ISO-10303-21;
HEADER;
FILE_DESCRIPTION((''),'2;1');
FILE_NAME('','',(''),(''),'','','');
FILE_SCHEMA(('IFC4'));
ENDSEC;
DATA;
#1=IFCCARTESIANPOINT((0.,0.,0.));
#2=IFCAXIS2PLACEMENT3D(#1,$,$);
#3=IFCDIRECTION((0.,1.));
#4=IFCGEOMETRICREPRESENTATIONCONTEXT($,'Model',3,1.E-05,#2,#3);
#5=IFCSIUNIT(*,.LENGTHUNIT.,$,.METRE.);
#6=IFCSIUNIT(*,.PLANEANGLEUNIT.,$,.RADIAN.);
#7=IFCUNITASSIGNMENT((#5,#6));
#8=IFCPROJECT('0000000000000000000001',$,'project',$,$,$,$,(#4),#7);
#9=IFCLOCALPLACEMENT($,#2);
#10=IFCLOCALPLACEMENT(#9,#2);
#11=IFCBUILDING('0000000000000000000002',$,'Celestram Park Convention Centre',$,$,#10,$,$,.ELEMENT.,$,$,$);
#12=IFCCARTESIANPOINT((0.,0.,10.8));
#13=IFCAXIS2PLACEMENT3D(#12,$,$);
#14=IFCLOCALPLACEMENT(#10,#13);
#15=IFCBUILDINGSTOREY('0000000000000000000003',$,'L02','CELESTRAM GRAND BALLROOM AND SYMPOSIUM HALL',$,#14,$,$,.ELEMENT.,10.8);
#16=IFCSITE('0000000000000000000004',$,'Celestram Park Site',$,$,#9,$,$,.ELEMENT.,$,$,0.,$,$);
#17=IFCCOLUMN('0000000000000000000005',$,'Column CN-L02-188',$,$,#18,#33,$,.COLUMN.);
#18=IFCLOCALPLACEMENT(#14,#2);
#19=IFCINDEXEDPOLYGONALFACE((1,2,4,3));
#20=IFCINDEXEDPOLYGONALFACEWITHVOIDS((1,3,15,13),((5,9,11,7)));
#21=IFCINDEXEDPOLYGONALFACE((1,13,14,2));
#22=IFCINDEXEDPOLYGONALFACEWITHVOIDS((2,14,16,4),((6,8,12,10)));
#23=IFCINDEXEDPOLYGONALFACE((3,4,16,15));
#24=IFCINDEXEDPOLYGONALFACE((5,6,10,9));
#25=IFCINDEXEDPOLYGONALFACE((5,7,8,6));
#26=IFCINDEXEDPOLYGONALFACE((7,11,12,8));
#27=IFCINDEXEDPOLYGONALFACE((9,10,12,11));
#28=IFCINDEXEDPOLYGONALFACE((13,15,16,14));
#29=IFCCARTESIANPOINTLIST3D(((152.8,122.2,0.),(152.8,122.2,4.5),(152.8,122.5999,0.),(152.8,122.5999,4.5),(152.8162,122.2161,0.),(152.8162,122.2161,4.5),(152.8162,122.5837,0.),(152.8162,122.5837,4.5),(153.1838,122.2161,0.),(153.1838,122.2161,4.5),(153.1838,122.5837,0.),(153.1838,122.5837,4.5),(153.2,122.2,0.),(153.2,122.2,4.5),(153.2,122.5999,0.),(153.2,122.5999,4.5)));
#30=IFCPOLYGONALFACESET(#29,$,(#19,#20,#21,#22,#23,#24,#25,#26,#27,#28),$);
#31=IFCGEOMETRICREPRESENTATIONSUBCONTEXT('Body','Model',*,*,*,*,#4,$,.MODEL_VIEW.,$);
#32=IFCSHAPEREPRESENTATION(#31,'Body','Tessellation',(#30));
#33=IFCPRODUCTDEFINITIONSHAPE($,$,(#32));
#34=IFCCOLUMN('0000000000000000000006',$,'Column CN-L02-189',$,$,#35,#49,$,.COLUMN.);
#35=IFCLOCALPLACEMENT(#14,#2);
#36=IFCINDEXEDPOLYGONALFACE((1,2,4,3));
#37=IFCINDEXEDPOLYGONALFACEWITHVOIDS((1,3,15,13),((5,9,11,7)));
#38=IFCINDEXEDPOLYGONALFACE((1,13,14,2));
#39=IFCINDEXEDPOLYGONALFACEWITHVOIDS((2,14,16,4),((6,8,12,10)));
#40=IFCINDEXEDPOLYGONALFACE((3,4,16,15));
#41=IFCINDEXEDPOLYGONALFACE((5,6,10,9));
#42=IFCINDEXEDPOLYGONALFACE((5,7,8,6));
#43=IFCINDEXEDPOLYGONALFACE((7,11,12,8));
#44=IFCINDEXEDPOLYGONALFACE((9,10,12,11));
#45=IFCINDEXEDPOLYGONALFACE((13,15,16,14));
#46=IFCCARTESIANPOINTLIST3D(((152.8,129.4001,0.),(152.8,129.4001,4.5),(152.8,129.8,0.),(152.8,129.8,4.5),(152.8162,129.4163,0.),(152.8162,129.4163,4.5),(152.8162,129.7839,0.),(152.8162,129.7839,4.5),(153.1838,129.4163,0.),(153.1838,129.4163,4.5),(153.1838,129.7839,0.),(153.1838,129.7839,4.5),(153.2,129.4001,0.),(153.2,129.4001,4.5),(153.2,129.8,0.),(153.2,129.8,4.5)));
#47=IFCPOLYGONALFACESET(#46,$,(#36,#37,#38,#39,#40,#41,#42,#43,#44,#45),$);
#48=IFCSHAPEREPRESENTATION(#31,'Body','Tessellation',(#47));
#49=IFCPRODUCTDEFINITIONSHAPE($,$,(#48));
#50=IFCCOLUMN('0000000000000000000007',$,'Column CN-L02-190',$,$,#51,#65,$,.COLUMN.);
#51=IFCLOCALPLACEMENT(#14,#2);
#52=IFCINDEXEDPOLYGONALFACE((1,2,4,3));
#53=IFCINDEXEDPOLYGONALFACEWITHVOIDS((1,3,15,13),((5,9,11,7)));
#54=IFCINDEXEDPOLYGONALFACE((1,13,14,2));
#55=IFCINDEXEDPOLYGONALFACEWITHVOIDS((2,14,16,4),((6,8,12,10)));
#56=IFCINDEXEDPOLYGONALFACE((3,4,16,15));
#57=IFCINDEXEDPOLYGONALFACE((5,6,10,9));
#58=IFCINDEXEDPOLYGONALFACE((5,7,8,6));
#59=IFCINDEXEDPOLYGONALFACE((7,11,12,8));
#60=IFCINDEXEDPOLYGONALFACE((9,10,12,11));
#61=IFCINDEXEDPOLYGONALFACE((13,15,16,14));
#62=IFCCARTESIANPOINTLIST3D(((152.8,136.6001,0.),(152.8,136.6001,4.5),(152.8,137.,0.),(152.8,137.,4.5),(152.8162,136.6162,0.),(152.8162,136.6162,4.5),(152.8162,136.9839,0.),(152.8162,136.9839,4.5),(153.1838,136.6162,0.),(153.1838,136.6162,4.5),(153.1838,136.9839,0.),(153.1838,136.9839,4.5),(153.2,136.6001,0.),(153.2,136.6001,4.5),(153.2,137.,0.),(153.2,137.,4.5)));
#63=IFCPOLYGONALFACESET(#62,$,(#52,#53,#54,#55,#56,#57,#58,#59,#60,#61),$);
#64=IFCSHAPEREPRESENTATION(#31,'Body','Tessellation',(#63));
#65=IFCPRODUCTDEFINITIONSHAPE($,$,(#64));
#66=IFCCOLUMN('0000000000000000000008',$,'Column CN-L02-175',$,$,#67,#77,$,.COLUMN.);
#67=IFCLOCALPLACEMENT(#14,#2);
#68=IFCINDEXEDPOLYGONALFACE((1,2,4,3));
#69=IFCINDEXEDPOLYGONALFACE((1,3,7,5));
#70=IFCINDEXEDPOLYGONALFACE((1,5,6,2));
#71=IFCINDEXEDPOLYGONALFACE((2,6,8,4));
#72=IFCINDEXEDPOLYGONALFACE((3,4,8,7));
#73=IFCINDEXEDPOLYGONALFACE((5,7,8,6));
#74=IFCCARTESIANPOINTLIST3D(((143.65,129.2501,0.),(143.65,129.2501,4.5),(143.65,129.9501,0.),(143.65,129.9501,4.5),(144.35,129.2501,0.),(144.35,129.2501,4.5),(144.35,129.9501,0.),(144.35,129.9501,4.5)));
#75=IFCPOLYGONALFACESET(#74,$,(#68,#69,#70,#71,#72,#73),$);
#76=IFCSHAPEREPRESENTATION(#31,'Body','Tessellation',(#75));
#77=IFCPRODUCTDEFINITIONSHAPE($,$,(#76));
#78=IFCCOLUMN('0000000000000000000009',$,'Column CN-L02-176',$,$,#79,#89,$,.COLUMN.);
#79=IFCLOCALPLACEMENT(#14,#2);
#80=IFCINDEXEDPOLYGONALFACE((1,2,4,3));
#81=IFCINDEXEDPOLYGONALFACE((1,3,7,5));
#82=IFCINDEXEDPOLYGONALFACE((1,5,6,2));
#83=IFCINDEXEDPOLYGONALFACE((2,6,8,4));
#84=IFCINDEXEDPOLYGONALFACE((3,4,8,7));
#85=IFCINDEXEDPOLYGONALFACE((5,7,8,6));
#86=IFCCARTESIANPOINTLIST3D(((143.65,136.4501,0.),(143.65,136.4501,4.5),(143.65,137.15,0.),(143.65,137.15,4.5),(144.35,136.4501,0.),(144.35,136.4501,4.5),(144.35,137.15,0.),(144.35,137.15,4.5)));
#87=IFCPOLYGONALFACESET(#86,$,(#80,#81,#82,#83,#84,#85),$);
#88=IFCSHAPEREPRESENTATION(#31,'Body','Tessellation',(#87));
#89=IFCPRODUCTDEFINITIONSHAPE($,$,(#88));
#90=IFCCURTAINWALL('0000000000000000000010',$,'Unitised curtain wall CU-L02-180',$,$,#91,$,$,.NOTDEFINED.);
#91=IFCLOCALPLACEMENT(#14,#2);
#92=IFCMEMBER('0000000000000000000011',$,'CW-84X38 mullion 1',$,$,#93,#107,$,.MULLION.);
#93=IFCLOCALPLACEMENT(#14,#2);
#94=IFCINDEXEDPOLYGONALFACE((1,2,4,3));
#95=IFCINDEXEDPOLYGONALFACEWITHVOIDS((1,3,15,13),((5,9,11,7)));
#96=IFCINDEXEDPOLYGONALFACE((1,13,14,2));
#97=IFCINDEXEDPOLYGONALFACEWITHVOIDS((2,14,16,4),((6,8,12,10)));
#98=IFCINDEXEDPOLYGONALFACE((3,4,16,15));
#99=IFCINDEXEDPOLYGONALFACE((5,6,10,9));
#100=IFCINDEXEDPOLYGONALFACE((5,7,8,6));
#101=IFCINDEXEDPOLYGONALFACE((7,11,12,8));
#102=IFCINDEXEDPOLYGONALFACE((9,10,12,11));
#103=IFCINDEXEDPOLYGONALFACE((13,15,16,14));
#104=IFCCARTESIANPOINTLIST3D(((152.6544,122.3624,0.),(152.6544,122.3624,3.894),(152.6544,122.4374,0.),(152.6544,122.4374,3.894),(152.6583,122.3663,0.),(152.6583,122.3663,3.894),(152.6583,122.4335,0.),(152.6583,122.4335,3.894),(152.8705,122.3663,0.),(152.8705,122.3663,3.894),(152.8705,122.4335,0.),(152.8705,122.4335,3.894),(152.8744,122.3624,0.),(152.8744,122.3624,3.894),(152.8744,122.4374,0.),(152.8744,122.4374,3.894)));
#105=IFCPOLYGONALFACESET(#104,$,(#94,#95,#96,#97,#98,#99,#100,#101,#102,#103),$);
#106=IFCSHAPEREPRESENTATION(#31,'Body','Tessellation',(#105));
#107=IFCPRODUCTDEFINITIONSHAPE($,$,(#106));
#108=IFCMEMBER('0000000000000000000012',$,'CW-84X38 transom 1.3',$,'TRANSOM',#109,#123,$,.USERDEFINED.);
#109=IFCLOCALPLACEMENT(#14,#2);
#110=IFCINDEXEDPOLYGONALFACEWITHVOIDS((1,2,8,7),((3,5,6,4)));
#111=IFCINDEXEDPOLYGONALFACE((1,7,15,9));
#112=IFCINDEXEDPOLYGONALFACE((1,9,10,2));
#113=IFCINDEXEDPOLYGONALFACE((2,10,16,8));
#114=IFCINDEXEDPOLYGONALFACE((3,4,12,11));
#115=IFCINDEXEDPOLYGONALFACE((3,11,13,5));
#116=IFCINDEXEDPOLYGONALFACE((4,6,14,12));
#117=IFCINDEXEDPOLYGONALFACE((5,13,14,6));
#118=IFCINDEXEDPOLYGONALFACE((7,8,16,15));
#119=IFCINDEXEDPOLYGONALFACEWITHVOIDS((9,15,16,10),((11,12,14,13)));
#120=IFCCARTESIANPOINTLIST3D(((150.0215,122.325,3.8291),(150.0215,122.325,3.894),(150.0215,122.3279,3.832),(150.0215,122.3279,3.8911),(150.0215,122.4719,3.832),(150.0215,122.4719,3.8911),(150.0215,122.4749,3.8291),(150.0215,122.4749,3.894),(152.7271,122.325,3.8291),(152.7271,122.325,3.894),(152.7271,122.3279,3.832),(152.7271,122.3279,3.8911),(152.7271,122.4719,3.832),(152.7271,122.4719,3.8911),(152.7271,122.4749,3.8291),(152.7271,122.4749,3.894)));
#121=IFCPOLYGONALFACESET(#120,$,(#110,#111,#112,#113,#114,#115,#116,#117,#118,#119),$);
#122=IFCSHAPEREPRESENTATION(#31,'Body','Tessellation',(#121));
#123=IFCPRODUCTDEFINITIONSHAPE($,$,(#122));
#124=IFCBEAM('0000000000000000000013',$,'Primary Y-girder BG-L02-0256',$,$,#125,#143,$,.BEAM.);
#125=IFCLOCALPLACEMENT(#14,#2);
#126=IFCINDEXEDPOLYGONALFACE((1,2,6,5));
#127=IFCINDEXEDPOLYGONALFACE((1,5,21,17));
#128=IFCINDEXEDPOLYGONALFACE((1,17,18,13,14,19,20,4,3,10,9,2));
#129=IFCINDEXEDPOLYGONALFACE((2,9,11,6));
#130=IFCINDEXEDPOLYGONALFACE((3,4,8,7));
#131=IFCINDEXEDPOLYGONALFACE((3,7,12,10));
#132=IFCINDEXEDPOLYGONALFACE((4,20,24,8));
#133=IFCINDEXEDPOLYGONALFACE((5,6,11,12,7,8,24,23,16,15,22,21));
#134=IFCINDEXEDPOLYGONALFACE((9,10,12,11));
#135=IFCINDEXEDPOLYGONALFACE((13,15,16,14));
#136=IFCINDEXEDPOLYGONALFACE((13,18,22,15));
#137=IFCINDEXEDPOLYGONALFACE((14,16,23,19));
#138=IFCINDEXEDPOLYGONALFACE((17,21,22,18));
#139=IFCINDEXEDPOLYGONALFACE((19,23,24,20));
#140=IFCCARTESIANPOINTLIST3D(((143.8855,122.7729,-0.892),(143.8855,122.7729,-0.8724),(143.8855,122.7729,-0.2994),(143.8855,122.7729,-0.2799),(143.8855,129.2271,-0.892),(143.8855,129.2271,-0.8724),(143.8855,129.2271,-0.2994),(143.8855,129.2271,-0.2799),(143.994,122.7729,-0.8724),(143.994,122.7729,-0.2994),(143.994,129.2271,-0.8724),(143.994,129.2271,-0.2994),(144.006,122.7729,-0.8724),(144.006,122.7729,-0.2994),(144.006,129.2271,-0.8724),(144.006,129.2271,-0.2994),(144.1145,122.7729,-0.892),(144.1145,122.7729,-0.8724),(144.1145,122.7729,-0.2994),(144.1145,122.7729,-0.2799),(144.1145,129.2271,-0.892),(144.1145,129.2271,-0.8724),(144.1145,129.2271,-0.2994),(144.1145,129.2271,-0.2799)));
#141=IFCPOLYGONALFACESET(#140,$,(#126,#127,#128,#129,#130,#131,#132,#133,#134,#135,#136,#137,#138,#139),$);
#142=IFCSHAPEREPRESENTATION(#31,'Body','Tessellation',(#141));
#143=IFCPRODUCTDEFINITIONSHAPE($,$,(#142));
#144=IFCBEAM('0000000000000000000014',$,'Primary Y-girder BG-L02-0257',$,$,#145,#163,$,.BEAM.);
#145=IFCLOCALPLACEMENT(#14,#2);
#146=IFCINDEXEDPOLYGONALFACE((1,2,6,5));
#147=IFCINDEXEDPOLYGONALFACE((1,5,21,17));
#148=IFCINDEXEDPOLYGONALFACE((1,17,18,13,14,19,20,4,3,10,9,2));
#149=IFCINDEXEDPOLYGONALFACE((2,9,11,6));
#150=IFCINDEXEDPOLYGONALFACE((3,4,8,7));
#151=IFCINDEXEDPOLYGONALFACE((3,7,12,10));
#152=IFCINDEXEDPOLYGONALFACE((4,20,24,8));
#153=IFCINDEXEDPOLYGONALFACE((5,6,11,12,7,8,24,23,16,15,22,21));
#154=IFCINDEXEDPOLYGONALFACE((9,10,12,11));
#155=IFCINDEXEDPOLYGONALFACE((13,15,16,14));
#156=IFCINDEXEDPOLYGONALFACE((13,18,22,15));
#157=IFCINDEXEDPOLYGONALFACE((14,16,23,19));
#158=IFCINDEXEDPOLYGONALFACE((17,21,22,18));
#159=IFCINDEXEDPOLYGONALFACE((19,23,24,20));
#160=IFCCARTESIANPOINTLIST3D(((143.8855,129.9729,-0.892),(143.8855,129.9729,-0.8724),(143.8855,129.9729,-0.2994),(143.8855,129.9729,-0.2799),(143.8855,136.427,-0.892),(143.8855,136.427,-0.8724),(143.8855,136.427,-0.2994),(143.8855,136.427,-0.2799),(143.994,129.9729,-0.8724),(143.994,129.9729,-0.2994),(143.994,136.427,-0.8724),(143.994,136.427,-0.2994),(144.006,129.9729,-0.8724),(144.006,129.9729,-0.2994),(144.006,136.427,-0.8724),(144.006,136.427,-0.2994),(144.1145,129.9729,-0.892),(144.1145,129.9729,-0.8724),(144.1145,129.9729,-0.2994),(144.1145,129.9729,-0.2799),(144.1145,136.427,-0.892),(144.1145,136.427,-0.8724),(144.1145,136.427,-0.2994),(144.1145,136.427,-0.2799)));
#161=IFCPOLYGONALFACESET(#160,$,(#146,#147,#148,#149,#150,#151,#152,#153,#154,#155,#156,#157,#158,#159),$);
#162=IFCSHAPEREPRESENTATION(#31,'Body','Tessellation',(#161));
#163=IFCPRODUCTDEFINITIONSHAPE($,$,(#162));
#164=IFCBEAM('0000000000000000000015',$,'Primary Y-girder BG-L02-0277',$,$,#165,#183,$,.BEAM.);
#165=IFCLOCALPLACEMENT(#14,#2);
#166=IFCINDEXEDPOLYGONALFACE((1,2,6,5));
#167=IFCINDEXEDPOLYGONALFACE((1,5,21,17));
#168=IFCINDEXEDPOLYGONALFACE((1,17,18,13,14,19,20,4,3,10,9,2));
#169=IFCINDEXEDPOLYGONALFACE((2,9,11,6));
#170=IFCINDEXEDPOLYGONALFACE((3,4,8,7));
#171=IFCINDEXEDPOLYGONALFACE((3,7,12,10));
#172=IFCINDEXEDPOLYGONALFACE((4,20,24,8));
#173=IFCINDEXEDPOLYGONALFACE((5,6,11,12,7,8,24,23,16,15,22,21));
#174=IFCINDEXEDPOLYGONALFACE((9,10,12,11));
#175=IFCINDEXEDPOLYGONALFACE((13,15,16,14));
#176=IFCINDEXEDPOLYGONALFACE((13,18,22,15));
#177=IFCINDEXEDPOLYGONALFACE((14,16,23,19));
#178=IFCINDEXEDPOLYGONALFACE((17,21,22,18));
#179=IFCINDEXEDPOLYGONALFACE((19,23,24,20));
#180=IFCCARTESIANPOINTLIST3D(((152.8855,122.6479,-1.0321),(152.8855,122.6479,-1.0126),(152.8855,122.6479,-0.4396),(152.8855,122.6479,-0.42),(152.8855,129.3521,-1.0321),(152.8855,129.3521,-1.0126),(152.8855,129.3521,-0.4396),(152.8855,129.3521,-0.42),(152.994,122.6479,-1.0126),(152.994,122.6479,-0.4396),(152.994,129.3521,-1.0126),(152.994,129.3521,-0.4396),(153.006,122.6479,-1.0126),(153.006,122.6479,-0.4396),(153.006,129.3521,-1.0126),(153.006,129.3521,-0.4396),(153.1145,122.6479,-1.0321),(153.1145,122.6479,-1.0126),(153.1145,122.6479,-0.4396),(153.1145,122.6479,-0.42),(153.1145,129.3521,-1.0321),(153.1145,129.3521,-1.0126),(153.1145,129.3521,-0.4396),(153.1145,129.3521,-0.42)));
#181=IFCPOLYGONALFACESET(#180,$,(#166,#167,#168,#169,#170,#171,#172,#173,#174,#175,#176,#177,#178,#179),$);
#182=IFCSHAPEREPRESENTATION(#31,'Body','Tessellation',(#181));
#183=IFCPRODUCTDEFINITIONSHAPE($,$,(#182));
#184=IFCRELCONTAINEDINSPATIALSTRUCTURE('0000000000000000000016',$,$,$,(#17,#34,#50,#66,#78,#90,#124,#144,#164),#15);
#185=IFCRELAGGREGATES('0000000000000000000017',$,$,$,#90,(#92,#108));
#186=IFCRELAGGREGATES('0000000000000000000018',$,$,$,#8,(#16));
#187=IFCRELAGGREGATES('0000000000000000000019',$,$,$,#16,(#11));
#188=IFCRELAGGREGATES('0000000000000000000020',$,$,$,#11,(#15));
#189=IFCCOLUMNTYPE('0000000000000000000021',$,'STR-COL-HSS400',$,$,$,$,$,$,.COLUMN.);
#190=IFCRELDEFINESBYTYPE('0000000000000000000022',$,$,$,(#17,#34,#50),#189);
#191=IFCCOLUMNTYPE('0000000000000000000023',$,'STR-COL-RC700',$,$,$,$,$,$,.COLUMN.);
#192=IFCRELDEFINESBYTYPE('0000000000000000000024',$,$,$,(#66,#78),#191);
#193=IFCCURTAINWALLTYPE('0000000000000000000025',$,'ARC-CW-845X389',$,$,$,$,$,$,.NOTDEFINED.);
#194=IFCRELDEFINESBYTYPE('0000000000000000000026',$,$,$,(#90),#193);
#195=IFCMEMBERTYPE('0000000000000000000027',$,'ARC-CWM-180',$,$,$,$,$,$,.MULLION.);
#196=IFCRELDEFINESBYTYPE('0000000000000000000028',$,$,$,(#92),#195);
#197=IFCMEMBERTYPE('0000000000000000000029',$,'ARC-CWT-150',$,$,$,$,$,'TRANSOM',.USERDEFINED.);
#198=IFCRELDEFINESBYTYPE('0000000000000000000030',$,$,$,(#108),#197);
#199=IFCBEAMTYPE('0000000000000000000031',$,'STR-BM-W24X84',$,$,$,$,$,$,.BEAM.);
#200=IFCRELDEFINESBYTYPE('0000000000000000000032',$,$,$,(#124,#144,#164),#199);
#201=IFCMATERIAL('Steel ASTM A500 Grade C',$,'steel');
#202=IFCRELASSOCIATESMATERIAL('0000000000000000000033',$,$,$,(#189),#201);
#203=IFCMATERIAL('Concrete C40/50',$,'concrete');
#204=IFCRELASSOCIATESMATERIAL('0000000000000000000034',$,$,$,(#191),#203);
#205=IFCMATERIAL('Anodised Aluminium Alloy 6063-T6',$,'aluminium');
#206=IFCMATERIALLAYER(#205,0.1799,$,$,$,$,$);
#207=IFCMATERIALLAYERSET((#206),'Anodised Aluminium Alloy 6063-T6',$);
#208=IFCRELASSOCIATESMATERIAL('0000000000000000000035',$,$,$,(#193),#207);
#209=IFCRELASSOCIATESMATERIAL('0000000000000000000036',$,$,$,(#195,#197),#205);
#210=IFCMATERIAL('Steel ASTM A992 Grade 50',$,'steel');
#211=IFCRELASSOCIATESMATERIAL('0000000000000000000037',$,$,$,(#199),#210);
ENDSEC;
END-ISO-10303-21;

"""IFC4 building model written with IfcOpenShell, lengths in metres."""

from ifc_helpers import new_model, si_unit, direction, frame, origin, origin_2d, place, context, subcontext, project, spatial, rectangle, hollow_rectangle, i_section, extrude, material, layer, layer_set, material_profile, profile_set, type_object, element, aggregate, save


model = new_model("IFC4")

# Units and contexts
model_context = context("Model", 3, precision=1e-05, world=origin(), true_north=direction((0.0, 1.0)))
body_context = subcontext(model_context, "Body", "Model", "MODEL_VIEW")
ifc_project = project(units=[si_unit("LENGTHUNIT", "METRE"), si_unit("PLANEANGLEUNIT", "RADIAN")], contexts=[model_context])

# Site, building, storey
site_placement = place(None, origin())
site = spatial("IfcSite", under=ifc_project, at=site_placement, Name="Celestram Park Site", CompositionType="ELEMENT", RefElevation=0.0)
building_placement = place(site_placement, origin())
building = spatial("IfcBuilding", under=site, at=building_placement, Name="Celestram Park Convention Centre", CompositionType="ELEMENT")
storey_placement = place(building_placement, frame((0.0, 0.0, 10.8)))
storey = spatial("IfcBuildingStorey", under=building, at=storey_placement, Name="L02", Description="CELESTRAM GRAND BALLROOM AND SYMPOSIUM HALL", CompositionType="ELEMENT", Elevation=10.8)

# Columns
ifc_material_1 = material(Name="Steel ASTM A500 Grade C", Category="steel")
ifc_material_profile_1 = material_profile(ifc_material_1, hollow_rectangle(XDim=0.3999, YDim=0.3999, WallThickness=0.0161, at=origin_2d()), Name="HSS400X400X16")
ifc_profile_set_1 = profile_set([ifc_material_profile_1], Name="Steel ASTM A500 Grade C")
column_type_1 = type_object("IfcColumnType", Name="STR-COL-HSS400", PredefinedType="COLUMN", material=ifc_profile_set_1)
for number, where, z_axis, x_axis, name in (
    (1, (153.0, 122.3999, 0.0), (0.0, 0.0, 1.0), (1.0, 0.0, 0.0), "Column CN-L02-188"),
    (2, (153.0, 129.6001, 0.0), (0.0, 0.0, 1.0), (1.0, 0.0, 0.0), "Column CN-L02-189"),
    (3, (153.0, 136.8, 0.0), (0.0, 0.0, 1.0), (1.0, 0.0, 0.0), "Column CN-L02-190"),
):
    element("IfcColumn", number, at=place(storey_placement, frame(where, z_axis=z_axis, x_axis=x_axis)), inside=storey, type_object=column_type_1, Name=name, PredefinedType="COLUMN", context=body_context, shape_type="SweptSolid", body=[
        extrude(hollow_rectangle(XDim=0.3999, YDim=0.3999, WallThickness=0.0161, at=origin_2d()), origin(), (0.0, 0.0, 1.0), 4.5),
    ])
ifc_material_2 = material(Name="Concrete C40/50", Category="concrete")
ifc_material_profile_2 = material_profile(ifc_material_2, rectangle(XDim=0.7, YDim=0.7, at=origin_2d()), Name="RC700X700")
ifc_profile_set_2 = profile_set([ifc_material_profile_2], Name="Concrete C40/50")
column_type_2 = type_object("IfcColumnType", Name="STR-COL-RC700", PredefinedType="COLUMN", material=ifc_profile_set_2)
for number, where, z_axis, x_axis, name in (
    (4, (144.0, 129.6001, 0.0), (0.0, 0.0, 1.0), (1.0, 0.0, 0.0), "Column CN-L02-175"),
    (5, (144.0, 136.8, 0.0), (0.0, 0.0, 1.0), (1.0, 0.0, 0.0), "Column CN-L02-176"),
):
    element("IfcColumn", number, at=place(storey_placement, frame(where, z_axis=z_axis, x_axis=x_axis)), inside=storey, type_object=column_type_2, Name=name, PredefinedType="COLUMN", context=body_context, shape_type="SweptSolid", body=[
        extrude(rectangle(XDim=0.7, YDim=0.7, at=origin_2d()), origin(), (0.0, 0.0, 1.0), 4.5),
    ])

# Curtain wall, members
ifc_material_3 = material(Name="Anodised Aluminium Alloy 6063-T6", Category="aluminium")
ifc_layer_1 = layer(ifc_material_3, 0.1799)
ifc_layer_set_1 = layer_set([ifc_layer_1], Name="Anodised Aluminium Alloy 6063-T6")
curtain_wall_type = type_object("IfcCurtainWallType", Name="ARC-CW-845X389", PredefinedType="NOTDEFINED", material=ifc_layer_set_1)
curtain_wall_placement = place(storey_placement, origin())
curtain_wall = element("IfcCurtainWall", 6, at=curtain_wall_placement, inside=storey, type_object=curtain_wall_type, Name="Unitised curtain wall CU-L02-180", PredefinedType="NOTDEFINED")
ifc_material_profile_3 = material_profile(ifc_material_3, hollow_rectangle(XDim=0.075, YDim=0.22, WallThickness=0.0039, at=origin_2d()), Name="ALU75X220X4")
ifc_profile_set_3 = profile_set([ifc_material_profile_3], Name="Anodised Aluminium Alloy 6063-T6")
member_type_1 = type_object("IfcMemberType", Name="ARC-CWM-180", PredefinedType="MULLION", material=ifc_profile_set_3)
member_1_placement = place(storey_placement, frame((152.7644, 122.3999, 0.0), z_axis=(0.0, 0.0, 1.0), x_axis=(0.0, -1.0, 0.0)))
member_1 = element("IfcMember", 7, at=member_1_placement, type_object=member_type_1, Name="CW-84X38 mullion 1", PredefinedType="MULLION", context=body_context, shape_type="SweptSolid", body=[
    extrude(hollow_rectangle(XDim=0.075, YDim=0.22, WallThickness=0.0039, at=origin_2d()), origin(), (0.0, 0.0, 1.0), 3.894),
])
ifc_material_profile_4 = material_profile(ifc_material_3, hollow_rectangle(XDim=0.1499, YDim=0.0649, WallThickness=0.0029, at=origin_2d()), Name="ALU150X65X3")
ifc_profile_set_4 = profile_set([ifc_material_profile_4], Name="Anodised Aluminium Alloy 6063-T6")
member_type_2 = type_object("IfcMemberType", Name="ARC-CWT-150", ElementType="TRANSOM", PredefinedType="USERDEFINED", material=ifc_profile_set_4)
member_2_placement = place(storey_placement, frame((152.7271, 122.3999, 3.8616), z_axis=(-1.0, 0.0, 0.0), x_axis=(0.0, -1.0, 0.0)))
member_2 = element("IfcMember", 8, at=member_2_placement, type_object=member_type_2, Name="CW-84X38 transom 1.3", ObjectType="TRANSOM", PredefinedType="USERDEFINED", context=body_context, shape_type="SweptSolid", body=[
    extrude(hollow_rectangle(XDim=0.1499, YDim=0.0649, WallThickness=0.0029, at=origin_2d()), origin(), (0.0, 0.0, 1.0), 2.7056),
])
aggregate(curtain_wall, [member_1, member_2])

# Beams
ifc_material_4 = material(Name="Steel ASTM A992 Grade 50", Category="steel")
ifc_material_profile_5 = material_profile(ifc_material_4, i_section(OverallWidth=0.229, OverallDepth=0.6121, WebThickness=0.012, FlangeThickness=0.0195, at=origin_2d()), Name="W24X84")
ifc_profile_set_5 = profile_set([ifc_material_profile_5], Name="Steel ASTM A992 Grade 50")
beam_type_1 = type_object("IfcBeamType", Name="STR-BM-W24X84", PredefinedType="BEAM", material=ifc_profile_set_5)
for number, where, z_axis, x_axis, name in (
    (9, (144.0, 122.7729, -0.5859), (0.0, 1.0, 0.0), (-1.0, 0.0, 0.0), "Primary Y-girder BG-L02-0256"),
    (10, (144.0, 129.9729, -0.5859), (0.0, 1.0, 0.0), (-1.0, 0.0, 0.0), "Primary Y-girder BG-L02-0257"),
):
    element("IfcBeam", number, at=place(storey_placement, frame(where, z_axis=z_axis, x_axis=x_axis)), inside=storey, type_object=beam_type_1, Name=name, PredefinedType="BEAM", context=body_context, shape_type="SweptSolid", body=[
        extrude(i_section(OverallWidth=0.229, OverallDepth=0.6121, WebThickness=0.012, FlangeThickness=0.0195, at=origin_2d()), origin(), (0.0, 0.0, 1.0), 6.4541),
    ])
for number, where, z_axis, x_axis, name in (
    (11, (153.0, 122.6479, -0.7261), (0.0, 1.0, 0.0), (-1.0, 0.0, 0.0), "Primary Y-girder BG-L02-0277"),
):
    element("IfcBeam", number, at=place(storey_placement, frame(where, z_axis=z_axis, x_axis=x_axis)), inside=storey, type_object=beam_type_1, Name=name, PredefinedType="BEAM", context=body_context, shape_type="SweptSolid", body=[
        extrude(i_section(OverallWidth=0.229, OverallDepth=0.6121, WebThickness=0.012, FlangeThickness=0.0195, at=origin_2d()), origin(), (0.0, 0.0, 1.0), 6.7041),
    ])

save(model, "model.ifc")
